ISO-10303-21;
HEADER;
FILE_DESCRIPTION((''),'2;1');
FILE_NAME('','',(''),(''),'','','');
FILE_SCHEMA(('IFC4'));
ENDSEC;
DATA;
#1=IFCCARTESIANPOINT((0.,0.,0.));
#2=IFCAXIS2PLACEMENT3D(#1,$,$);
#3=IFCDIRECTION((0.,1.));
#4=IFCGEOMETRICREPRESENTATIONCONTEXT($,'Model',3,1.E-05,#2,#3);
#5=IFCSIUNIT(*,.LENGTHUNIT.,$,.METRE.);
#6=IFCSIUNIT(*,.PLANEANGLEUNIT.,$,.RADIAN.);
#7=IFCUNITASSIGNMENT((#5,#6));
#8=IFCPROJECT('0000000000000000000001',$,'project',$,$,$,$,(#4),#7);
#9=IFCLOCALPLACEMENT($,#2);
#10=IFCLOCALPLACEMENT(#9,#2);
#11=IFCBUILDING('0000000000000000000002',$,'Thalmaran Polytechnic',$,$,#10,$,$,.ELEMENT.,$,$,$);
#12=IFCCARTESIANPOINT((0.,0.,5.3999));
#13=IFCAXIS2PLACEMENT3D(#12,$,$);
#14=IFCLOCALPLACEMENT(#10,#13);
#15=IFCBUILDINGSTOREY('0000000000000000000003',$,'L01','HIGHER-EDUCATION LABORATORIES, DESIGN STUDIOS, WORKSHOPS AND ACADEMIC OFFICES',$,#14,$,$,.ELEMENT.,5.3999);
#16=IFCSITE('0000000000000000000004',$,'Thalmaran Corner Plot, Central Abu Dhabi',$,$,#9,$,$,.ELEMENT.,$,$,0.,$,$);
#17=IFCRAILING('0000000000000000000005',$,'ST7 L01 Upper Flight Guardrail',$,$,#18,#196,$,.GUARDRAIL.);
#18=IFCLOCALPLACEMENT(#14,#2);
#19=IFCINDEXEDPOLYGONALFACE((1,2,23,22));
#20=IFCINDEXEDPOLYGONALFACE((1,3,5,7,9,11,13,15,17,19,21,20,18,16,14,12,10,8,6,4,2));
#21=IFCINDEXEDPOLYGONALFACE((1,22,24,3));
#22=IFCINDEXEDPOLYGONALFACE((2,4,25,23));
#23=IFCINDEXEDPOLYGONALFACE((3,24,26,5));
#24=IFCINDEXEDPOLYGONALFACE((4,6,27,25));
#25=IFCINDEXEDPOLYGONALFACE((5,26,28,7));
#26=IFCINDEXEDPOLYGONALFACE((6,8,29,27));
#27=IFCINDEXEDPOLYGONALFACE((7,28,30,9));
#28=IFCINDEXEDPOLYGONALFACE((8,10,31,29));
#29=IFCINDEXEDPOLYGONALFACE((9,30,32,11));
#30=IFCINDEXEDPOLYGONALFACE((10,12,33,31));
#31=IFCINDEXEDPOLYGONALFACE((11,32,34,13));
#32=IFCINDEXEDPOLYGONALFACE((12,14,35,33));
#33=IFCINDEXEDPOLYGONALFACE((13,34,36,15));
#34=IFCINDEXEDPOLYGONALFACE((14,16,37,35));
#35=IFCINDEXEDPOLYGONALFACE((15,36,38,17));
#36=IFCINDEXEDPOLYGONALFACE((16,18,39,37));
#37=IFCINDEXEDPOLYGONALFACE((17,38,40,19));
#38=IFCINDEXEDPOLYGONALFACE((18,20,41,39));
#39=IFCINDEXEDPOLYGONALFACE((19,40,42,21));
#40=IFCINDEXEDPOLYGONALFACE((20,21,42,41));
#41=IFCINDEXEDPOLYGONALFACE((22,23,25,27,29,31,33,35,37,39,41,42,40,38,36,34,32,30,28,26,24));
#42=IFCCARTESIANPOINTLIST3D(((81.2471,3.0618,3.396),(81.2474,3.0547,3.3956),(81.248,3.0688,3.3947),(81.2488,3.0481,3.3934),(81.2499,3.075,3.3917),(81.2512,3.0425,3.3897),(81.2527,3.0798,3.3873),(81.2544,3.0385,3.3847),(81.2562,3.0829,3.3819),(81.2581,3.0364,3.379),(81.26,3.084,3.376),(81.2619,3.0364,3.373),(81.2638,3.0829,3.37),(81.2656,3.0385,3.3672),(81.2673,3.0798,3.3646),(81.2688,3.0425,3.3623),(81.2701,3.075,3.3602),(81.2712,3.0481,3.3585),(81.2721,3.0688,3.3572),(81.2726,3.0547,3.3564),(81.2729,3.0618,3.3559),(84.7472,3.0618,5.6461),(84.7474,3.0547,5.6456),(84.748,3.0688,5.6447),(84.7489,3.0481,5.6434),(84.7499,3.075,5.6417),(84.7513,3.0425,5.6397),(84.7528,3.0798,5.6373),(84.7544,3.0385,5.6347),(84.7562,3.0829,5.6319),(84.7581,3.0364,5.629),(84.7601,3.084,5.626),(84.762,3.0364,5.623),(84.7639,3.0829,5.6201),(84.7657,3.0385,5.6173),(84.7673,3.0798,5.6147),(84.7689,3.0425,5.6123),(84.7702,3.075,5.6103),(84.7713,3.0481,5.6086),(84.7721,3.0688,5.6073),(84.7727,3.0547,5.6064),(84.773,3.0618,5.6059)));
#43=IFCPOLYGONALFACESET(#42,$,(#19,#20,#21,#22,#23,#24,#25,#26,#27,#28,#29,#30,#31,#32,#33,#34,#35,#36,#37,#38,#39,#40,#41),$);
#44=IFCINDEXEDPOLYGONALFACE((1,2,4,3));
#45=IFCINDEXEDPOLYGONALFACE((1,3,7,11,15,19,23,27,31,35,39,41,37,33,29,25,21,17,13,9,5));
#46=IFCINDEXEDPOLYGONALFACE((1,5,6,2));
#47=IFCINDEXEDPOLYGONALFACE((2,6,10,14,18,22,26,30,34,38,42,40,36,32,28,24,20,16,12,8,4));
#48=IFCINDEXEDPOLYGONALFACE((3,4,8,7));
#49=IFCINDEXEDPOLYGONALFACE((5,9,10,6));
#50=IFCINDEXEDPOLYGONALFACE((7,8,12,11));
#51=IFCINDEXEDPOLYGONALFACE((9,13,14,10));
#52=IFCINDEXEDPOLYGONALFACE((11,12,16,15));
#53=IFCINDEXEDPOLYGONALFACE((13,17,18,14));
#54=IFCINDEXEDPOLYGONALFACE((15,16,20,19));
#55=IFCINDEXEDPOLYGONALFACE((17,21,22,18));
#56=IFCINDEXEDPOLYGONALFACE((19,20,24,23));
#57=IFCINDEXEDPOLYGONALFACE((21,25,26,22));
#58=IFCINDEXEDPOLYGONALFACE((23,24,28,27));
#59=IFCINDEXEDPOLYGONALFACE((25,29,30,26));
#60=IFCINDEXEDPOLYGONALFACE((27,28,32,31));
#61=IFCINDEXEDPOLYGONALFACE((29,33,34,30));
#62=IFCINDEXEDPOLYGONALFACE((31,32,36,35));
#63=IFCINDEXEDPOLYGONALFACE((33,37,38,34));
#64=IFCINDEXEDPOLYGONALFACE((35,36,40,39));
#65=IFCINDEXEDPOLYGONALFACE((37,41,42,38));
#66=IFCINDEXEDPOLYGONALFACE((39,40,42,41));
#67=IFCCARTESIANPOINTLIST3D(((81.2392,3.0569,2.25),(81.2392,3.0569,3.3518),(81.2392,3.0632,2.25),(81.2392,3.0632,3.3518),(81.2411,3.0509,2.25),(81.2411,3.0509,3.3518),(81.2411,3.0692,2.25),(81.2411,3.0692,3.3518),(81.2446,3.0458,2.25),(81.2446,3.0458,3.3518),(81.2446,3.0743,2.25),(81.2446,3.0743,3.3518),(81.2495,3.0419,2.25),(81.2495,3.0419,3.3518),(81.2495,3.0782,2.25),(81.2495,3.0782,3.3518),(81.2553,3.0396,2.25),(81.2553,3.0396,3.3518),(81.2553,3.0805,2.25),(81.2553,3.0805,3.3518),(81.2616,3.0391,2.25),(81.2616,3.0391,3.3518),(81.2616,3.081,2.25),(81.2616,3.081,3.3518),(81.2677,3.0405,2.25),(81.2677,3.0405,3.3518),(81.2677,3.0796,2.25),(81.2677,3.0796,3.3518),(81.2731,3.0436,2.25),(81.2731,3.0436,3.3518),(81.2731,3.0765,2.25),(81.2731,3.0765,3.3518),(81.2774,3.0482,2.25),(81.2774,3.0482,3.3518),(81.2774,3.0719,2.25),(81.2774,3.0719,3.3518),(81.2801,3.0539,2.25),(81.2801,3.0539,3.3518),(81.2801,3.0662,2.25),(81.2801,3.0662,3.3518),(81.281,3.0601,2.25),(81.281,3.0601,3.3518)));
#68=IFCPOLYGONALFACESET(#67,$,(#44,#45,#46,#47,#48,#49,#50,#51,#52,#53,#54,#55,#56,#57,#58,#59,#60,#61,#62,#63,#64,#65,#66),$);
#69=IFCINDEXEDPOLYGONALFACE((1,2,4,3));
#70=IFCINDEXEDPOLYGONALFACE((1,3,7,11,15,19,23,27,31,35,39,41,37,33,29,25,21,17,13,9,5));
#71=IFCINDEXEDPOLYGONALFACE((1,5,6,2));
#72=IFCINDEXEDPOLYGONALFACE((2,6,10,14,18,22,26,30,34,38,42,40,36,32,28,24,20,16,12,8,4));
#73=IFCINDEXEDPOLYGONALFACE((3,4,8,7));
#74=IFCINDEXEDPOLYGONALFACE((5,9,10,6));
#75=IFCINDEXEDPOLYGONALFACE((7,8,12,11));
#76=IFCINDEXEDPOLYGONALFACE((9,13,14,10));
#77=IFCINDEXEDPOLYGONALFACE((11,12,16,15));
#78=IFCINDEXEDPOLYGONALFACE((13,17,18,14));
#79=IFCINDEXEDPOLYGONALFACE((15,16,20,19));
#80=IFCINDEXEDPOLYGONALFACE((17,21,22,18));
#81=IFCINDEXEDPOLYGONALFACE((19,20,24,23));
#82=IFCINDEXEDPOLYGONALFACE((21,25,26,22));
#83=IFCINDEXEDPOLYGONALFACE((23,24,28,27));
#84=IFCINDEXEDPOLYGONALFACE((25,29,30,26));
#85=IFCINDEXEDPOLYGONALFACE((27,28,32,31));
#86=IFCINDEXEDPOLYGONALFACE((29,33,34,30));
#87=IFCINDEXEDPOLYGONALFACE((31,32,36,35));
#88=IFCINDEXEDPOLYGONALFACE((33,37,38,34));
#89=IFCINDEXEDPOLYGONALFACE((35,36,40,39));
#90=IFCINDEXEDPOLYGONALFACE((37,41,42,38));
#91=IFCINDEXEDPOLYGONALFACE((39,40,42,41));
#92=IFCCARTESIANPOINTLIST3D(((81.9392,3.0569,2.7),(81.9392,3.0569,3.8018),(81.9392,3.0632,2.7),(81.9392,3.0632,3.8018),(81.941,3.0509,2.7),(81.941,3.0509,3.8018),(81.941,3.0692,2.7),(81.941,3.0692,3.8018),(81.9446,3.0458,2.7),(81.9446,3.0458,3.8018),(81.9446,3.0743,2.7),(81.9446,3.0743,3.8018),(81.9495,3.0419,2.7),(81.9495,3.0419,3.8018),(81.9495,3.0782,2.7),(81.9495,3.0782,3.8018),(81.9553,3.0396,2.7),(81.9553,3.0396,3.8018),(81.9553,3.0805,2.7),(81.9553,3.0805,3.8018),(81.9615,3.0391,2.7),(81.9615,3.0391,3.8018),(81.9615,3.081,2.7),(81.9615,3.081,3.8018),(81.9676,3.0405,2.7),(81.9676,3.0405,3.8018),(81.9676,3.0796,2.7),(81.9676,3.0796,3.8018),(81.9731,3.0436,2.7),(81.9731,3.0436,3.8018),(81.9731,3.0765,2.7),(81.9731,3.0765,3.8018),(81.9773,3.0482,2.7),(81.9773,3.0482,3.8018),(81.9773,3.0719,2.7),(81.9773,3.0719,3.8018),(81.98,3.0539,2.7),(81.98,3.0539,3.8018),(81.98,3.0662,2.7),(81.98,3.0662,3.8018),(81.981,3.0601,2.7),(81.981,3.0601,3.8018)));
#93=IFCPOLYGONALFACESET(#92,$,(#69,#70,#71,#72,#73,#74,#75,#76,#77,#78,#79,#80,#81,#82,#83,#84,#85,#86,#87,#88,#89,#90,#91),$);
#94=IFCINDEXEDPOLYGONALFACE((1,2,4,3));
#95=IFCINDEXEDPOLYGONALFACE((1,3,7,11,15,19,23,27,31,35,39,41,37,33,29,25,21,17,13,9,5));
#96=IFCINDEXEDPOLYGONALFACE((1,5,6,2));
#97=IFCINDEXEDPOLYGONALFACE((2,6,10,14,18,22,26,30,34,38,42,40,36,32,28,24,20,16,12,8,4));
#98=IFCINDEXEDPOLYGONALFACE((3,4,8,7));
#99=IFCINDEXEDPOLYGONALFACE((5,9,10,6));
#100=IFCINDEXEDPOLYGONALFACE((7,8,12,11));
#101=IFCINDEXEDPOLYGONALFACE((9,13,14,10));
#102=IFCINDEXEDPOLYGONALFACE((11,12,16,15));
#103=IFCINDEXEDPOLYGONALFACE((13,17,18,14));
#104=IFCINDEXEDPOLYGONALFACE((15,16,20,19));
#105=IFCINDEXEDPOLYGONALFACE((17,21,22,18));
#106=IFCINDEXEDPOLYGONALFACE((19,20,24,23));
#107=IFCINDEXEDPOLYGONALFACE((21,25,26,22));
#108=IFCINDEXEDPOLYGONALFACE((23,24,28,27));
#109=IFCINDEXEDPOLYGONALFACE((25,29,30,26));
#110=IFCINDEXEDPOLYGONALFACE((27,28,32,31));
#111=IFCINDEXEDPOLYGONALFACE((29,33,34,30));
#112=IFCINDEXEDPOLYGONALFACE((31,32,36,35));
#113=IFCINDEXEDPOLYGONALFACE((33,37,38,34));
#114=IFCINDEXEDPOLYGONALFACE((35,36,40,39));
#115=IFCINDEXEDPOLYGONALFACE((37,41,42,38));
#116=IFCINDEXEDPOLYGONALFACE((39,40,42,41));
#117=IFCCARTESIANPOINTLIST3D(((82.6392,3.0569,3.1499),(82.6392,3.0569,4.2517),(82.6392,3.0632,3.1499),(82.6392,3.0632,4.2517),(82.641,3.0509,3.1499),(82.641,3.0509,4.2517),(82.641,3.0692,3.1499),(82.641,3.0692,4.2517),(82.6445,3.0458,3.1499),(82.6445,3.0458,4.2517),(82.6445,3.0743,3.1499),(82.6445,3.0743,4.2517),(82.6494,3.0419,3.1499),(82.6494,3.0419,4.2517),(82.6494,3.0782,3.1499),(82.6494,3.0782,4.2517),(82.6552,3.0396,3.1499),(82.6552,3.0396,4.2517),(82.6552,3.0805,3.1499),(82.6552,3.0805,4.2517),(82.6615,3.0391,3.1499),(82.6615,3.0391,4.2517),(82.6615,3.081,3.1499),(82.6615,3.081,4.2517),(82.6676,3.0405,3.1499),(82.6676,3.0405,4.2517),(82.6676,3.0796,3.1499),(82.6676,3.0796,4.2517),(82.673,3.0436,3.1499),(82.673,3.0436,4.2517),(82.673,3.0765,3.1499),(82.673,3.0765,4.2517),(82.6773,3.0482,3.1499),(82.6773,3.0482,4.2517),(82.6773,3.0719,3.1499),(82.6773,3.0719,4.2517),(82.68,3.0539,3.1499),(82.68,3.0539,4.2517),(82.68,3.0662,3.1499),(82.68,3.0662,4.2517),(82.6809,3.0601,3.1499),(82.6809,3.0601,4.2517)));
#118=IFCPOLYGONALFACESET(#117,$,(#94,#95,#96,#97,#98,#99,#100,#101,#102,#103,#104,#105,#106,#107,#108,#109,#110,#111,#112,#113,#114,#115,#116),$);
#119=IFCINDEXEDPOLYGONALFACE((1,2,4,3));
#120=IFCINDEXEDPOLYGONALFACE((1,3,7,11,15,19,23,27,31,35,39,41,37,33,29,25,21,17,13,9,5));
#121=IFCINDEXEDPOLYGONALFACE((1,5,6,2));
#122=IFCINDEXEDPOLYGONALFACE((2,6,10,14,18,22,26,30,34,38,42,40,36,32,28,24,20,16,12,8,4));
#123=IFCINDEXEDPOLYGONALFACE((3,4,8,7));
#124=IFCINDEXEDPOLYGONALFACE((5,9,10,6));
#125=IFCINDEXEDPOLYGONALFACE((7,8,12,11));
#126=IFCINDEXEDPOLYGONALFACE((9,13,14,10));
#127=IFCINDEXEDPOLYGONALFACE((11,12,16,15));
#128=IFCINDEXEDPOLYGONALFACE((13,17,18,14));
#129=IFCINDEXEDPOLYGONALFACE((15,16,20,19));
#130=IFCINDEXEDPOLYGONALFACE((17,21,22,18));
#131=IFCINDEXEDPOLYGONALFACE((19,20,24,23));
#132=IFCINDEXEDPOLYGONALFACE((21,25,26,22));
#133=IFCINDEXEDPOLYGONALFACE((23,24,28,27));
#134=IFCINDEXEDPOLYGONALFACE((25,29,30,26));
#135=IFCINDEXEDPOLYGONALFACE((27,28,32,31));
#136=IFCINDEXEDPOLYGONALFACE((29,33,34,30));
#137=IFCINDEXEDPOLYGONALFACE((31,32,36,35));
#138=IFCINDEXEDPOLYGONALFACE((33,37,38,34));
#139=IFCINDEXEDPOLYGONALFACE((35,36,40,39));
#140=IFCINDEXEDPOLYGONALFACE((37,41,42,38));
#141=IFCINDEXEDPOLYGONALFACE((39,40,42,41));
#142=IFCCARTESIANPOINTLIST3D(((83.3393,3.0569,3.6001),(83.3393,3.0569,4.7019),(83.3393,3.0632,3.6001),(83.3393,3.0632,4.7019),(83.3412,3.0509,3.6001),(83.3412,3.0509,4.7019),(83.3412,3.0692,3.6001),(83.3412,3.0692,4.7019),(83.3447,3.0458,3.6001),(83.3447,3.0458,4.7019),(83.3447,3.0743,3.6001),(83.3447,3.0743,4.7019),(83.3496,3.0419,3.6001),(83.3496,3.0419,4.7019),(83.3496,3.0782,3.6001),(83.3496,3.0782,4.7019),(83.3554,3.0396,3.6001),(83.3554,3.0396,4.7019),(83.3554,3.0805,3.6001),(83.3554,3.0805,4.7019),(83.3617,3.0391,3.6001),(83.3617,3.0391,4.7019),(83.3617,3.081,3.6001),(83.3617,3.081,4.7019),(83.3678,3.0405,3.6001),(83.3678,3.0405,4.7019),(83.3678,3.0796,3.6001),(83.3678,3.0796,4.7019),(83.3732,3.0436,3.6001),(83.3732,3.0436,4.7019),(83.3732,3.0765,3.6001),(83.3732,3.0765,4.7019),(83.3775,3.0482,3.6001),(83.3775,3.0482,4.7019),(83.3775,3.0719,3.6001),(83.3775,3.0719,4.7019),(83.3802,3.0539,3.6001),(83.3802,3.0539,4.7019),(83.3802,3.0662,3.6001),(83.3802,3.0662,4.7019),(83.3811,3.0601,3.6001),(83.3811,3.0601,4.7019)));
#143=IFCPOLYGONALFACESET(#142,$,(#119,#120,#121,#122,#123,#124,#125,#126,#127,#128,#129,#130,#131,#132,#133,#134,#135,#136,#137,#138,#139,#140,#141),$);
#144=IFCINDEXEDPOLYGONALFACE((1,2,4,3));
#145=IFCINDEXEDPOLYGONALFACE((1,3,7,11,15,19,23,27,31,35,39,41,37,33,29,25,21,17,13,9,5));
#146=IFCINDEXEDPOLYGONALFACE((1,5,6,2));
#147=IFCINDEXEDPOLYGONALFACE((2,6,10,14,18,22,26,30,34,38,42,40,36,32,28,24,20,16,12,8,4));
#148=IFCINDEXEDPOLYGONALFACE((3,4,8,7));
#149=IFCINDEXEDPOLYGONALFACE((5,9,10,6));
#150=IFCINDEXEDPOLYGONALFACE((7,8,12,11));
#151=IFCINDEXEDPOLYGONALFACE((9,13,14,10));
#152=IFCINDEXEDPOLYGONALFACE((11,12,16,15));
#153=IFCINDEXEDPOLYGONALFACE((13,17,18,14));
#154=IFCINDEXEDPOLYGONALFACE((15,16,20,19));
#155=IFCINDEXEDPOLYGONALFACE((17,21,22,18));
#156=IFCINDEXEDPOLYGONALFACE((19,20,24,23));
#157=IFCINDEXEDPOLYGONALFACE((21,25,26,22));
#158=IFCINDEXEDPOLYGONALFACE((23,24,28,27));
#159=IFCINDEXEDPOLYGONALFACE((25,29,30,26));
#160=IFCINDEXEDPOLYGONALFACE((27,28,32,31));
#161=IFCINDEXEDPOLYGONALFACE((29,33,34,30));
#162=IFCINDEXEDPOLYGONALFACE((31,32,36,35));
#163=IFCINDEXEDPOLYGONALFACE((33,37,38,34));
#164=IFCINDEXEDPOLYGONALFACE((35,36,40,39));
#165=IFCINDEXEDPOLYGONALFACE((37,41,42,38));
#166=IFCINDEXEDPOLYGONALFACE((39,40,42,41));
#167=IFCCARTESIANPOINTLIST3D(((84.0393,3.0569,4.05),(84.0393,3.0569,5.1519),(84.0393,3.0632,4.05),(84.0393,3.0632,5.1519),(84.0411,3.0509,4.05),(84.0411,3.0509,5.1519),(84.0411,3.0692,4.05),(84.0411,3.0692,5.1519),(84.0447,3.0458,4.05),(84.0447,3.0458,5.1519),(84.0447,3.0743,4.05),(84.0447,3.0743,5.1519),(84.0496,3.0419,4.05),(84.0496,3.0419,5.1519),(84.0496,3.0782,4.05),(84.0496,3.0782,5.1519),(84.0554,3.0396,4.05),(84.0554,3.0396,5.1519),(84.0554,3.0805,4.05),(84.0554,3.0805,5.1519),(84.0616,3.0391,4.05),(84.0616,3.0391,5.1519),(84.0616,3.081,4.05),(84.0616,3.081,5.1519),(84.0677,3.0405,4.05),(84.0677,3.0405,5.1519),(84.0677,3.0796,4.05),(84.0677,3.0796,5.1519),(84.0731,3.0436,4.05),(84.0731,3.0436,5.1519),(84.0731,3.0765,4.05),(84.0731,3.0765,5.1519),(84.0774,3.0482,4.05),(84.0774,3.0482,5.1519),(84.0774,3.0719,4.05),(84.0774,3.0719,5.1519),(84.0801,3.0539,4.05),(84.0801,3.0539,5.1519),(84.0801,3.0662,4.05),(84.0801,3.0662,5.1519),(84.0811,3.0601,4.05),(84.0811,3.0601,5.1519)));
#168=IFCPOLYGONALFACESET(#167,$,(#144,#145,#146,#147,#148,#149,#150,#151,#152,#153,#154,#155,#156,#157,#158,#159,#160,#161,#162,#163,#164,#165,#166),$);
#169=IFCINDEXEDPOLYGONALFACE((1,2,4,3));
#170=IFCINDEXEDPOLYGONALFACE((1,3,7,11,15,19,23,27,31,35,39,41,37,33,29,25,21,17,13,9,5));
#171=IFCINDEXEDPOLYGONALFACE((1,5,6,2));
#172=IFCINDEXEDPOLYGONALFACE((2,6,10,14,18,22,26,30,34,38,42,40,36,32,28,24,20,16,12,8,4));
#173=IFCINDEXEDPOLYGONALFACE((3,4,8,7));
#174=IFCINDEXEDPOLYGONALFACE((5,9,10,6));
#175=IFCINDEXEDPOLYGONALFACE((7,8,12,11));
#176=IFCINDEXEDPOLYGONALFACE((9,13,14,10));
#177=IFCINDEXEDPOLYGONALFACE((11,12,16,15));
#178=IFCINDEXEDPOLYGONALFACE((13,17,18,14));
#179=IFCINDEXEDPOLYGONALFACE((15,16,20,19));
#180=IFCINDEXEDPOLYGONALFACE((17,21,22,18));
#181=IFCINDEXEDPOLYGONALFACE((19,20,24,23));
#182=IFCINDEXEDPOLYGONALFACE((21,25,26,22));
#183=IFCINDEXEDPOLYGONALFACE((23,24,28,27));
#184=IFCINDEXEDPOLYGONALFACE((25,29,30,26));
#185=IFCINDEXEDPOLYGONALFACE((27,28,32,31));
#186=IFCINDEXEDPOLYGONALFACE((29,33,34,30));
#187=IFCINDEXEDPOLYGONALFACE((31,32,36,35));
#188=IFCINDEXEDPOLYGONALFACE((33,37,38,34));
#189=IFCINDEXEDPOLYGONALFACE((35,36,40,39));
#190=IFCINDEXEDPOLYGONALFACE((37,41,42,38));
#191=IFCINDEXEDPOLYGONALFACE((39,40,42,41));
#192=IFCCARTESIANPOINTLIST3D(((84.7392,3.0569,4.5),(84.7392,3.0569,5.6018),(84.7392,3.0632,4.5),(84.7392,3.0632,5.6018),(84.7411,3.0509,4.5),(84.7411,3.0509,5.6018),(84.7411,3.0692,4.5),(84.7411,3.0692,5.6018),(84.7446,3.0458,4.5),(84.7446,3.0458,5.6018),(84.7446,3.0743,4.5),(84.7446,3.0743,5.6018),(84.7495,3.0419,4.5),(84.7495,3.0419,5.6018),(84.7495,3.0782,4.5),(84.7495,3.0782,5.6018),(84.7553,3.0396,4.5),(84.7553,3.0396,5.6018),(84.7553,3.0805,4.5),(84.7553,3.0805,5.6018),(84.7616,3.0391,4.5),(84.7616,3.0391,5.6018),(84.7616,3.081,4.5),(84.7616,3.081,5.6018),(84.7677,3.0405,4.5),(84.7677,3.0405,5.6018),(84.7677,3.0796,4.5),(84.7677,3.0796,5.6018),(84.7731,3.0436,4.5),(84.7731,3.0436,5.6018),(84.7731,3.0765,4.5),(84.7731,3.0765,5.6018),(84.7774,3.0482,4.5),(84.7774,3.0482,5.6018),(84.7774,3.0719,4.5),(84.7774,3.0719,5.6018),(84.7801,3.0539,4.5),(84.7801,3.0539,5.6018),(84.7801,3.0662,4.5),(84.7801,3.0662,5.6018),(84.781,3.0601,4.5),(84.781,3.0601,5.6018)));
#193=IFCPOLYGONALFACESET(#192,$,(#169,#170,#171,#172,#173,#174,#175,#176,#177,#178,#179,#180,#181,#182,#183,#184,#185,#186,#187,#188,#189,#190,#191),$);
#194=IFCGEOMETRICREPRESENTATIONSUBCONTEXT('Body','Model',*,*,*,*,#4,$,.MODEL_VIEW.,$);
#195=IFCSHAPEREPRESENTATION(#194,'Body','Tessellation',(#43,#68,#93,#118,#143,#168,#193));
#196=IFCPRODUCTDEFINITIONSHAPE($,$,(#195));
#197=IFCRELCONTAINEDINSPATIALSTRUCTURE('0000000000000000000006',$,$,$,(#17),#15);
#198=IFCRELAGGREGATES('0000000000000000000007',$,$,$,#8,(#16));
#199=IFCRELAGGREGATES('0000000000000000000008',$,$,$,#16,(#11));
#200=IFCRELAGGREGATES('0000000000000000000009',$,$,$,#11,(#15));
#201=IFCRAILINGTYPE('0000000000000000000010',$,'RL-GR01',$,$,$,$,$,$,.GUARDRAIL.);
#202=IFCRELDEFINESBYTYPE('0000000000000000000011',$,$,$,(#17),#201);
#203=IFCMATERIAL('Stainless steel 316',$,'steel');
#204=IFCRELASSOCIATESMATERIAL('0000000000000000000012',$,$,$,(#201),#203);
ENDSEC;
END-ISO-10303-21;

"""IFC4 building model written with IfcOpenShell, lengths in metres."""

from ifc_helpers import new_model, si_unit, direction, frame, origin, origin_2d, place, context, subcontext, project, spatial, circle, extrude, material, type_object, element, save


model = new_model("IFC4")

# Units and contexts
model_context = context("Model", 3, precision=1e-05, world=origin(), true_north=direction((0.0, 1.0)))
body_context = subcontext(model_context, "Body", "Model", "MODEL_VIEW")
ifc_project = project(units=[si_unit("LENGTHUNIT", "METRE"), si_unit("PLANEANGLEUNIT", "RADIAN")], contexts=[model_context])

# Site, building, storey
site_placement = place(None, origin())
site = spatial("IfcSite", under=ifc_project, at=site_placement, Name="Thalmaran Corner Plot, Central Abu Dhabi", CompositionType="ELEMENT", RefElevation=0.0)
building_placement = place(site_placement, origin())
building = spatial("IfcBuilding", under=site, at=building_placement, Name="Thalmaran Polytechnic", CompositionType="ELEMENT")
storey_placement = place(building_placement, frame((0.0, 0.0, 5.3999)))
storey = spatial("IfcBuildingStorey", under=building, at=storey_placement, Name="L01", Description="HIGHER-EDUCATION LABORATORIES, DESIGN STUDIOS, WORKSHOPS AND ACADEMIC OFFICES", CompositionType="ELEMENT", Elevation=5.3999)

# Railing
ifc_material_1 = material(Name="Stainless steel 316", Category="steel")
railing_type_1 = type_object("IfcRailingType", Name="RL-GR01", PredefinedType="GUARDRAIL", material=ifc_material_1)
railing_1_placement = place(storey_placement, frame((81.26, 3.0601, 2.25)))
element("IfcRailing", 1, at=railing_1_placement, inside=storey, type_object=railing_type_1, Name="ST7 L01 Upper Flight Guardrail", PredefinedType="GUARDRAIL", context=body_context, shape_type="SweptSolid", body=[
    extrude(circle(Radius=0.0239, at=origin_2d()), frame((0.0, 0.0, 1.126), z_axis=(0.841178, 0.0, 0.540758), x_axis=(0.0, 1.0, 0.0)), (0.0, 0.0, 1.0), 4.1609),
    extrude(circle(Radius=0.021, at=origin_2d()), origin(), (0.0, 0.0, 1.0), 1.1018),
    extrude(circle(Radius=0.021, at=origin_2d()), frame((0.7, 0.0, 0.45)), (0.0, 0.0, 1.0), 1.1018),
    extrude(circle(Radius=0.021, at=origin_2d()), frame((1.3999, 0.0, 0.8999)), (0.0, 0.0, 1.0), 1.1018),
    extrude(circle(Radius=0.021, at=origin_2d()), frame((2.1001, 0.0, 1.3501)), (0.0, 0.0, 1.0), 1.1018),
    extrude(circle(Radius=0.021, at=origin_2d()), frame((2.8, 0.0, 1.8)), (0.0, 0.0, 1.0), 1.1018),
    extrude(circle(Radius=0.021, at=origin_2d()), frame((3.5, 0.0, 2.25)), (0.0, 0.0, 1.0), 1.1018),
])

save(model, "model.ifc")
